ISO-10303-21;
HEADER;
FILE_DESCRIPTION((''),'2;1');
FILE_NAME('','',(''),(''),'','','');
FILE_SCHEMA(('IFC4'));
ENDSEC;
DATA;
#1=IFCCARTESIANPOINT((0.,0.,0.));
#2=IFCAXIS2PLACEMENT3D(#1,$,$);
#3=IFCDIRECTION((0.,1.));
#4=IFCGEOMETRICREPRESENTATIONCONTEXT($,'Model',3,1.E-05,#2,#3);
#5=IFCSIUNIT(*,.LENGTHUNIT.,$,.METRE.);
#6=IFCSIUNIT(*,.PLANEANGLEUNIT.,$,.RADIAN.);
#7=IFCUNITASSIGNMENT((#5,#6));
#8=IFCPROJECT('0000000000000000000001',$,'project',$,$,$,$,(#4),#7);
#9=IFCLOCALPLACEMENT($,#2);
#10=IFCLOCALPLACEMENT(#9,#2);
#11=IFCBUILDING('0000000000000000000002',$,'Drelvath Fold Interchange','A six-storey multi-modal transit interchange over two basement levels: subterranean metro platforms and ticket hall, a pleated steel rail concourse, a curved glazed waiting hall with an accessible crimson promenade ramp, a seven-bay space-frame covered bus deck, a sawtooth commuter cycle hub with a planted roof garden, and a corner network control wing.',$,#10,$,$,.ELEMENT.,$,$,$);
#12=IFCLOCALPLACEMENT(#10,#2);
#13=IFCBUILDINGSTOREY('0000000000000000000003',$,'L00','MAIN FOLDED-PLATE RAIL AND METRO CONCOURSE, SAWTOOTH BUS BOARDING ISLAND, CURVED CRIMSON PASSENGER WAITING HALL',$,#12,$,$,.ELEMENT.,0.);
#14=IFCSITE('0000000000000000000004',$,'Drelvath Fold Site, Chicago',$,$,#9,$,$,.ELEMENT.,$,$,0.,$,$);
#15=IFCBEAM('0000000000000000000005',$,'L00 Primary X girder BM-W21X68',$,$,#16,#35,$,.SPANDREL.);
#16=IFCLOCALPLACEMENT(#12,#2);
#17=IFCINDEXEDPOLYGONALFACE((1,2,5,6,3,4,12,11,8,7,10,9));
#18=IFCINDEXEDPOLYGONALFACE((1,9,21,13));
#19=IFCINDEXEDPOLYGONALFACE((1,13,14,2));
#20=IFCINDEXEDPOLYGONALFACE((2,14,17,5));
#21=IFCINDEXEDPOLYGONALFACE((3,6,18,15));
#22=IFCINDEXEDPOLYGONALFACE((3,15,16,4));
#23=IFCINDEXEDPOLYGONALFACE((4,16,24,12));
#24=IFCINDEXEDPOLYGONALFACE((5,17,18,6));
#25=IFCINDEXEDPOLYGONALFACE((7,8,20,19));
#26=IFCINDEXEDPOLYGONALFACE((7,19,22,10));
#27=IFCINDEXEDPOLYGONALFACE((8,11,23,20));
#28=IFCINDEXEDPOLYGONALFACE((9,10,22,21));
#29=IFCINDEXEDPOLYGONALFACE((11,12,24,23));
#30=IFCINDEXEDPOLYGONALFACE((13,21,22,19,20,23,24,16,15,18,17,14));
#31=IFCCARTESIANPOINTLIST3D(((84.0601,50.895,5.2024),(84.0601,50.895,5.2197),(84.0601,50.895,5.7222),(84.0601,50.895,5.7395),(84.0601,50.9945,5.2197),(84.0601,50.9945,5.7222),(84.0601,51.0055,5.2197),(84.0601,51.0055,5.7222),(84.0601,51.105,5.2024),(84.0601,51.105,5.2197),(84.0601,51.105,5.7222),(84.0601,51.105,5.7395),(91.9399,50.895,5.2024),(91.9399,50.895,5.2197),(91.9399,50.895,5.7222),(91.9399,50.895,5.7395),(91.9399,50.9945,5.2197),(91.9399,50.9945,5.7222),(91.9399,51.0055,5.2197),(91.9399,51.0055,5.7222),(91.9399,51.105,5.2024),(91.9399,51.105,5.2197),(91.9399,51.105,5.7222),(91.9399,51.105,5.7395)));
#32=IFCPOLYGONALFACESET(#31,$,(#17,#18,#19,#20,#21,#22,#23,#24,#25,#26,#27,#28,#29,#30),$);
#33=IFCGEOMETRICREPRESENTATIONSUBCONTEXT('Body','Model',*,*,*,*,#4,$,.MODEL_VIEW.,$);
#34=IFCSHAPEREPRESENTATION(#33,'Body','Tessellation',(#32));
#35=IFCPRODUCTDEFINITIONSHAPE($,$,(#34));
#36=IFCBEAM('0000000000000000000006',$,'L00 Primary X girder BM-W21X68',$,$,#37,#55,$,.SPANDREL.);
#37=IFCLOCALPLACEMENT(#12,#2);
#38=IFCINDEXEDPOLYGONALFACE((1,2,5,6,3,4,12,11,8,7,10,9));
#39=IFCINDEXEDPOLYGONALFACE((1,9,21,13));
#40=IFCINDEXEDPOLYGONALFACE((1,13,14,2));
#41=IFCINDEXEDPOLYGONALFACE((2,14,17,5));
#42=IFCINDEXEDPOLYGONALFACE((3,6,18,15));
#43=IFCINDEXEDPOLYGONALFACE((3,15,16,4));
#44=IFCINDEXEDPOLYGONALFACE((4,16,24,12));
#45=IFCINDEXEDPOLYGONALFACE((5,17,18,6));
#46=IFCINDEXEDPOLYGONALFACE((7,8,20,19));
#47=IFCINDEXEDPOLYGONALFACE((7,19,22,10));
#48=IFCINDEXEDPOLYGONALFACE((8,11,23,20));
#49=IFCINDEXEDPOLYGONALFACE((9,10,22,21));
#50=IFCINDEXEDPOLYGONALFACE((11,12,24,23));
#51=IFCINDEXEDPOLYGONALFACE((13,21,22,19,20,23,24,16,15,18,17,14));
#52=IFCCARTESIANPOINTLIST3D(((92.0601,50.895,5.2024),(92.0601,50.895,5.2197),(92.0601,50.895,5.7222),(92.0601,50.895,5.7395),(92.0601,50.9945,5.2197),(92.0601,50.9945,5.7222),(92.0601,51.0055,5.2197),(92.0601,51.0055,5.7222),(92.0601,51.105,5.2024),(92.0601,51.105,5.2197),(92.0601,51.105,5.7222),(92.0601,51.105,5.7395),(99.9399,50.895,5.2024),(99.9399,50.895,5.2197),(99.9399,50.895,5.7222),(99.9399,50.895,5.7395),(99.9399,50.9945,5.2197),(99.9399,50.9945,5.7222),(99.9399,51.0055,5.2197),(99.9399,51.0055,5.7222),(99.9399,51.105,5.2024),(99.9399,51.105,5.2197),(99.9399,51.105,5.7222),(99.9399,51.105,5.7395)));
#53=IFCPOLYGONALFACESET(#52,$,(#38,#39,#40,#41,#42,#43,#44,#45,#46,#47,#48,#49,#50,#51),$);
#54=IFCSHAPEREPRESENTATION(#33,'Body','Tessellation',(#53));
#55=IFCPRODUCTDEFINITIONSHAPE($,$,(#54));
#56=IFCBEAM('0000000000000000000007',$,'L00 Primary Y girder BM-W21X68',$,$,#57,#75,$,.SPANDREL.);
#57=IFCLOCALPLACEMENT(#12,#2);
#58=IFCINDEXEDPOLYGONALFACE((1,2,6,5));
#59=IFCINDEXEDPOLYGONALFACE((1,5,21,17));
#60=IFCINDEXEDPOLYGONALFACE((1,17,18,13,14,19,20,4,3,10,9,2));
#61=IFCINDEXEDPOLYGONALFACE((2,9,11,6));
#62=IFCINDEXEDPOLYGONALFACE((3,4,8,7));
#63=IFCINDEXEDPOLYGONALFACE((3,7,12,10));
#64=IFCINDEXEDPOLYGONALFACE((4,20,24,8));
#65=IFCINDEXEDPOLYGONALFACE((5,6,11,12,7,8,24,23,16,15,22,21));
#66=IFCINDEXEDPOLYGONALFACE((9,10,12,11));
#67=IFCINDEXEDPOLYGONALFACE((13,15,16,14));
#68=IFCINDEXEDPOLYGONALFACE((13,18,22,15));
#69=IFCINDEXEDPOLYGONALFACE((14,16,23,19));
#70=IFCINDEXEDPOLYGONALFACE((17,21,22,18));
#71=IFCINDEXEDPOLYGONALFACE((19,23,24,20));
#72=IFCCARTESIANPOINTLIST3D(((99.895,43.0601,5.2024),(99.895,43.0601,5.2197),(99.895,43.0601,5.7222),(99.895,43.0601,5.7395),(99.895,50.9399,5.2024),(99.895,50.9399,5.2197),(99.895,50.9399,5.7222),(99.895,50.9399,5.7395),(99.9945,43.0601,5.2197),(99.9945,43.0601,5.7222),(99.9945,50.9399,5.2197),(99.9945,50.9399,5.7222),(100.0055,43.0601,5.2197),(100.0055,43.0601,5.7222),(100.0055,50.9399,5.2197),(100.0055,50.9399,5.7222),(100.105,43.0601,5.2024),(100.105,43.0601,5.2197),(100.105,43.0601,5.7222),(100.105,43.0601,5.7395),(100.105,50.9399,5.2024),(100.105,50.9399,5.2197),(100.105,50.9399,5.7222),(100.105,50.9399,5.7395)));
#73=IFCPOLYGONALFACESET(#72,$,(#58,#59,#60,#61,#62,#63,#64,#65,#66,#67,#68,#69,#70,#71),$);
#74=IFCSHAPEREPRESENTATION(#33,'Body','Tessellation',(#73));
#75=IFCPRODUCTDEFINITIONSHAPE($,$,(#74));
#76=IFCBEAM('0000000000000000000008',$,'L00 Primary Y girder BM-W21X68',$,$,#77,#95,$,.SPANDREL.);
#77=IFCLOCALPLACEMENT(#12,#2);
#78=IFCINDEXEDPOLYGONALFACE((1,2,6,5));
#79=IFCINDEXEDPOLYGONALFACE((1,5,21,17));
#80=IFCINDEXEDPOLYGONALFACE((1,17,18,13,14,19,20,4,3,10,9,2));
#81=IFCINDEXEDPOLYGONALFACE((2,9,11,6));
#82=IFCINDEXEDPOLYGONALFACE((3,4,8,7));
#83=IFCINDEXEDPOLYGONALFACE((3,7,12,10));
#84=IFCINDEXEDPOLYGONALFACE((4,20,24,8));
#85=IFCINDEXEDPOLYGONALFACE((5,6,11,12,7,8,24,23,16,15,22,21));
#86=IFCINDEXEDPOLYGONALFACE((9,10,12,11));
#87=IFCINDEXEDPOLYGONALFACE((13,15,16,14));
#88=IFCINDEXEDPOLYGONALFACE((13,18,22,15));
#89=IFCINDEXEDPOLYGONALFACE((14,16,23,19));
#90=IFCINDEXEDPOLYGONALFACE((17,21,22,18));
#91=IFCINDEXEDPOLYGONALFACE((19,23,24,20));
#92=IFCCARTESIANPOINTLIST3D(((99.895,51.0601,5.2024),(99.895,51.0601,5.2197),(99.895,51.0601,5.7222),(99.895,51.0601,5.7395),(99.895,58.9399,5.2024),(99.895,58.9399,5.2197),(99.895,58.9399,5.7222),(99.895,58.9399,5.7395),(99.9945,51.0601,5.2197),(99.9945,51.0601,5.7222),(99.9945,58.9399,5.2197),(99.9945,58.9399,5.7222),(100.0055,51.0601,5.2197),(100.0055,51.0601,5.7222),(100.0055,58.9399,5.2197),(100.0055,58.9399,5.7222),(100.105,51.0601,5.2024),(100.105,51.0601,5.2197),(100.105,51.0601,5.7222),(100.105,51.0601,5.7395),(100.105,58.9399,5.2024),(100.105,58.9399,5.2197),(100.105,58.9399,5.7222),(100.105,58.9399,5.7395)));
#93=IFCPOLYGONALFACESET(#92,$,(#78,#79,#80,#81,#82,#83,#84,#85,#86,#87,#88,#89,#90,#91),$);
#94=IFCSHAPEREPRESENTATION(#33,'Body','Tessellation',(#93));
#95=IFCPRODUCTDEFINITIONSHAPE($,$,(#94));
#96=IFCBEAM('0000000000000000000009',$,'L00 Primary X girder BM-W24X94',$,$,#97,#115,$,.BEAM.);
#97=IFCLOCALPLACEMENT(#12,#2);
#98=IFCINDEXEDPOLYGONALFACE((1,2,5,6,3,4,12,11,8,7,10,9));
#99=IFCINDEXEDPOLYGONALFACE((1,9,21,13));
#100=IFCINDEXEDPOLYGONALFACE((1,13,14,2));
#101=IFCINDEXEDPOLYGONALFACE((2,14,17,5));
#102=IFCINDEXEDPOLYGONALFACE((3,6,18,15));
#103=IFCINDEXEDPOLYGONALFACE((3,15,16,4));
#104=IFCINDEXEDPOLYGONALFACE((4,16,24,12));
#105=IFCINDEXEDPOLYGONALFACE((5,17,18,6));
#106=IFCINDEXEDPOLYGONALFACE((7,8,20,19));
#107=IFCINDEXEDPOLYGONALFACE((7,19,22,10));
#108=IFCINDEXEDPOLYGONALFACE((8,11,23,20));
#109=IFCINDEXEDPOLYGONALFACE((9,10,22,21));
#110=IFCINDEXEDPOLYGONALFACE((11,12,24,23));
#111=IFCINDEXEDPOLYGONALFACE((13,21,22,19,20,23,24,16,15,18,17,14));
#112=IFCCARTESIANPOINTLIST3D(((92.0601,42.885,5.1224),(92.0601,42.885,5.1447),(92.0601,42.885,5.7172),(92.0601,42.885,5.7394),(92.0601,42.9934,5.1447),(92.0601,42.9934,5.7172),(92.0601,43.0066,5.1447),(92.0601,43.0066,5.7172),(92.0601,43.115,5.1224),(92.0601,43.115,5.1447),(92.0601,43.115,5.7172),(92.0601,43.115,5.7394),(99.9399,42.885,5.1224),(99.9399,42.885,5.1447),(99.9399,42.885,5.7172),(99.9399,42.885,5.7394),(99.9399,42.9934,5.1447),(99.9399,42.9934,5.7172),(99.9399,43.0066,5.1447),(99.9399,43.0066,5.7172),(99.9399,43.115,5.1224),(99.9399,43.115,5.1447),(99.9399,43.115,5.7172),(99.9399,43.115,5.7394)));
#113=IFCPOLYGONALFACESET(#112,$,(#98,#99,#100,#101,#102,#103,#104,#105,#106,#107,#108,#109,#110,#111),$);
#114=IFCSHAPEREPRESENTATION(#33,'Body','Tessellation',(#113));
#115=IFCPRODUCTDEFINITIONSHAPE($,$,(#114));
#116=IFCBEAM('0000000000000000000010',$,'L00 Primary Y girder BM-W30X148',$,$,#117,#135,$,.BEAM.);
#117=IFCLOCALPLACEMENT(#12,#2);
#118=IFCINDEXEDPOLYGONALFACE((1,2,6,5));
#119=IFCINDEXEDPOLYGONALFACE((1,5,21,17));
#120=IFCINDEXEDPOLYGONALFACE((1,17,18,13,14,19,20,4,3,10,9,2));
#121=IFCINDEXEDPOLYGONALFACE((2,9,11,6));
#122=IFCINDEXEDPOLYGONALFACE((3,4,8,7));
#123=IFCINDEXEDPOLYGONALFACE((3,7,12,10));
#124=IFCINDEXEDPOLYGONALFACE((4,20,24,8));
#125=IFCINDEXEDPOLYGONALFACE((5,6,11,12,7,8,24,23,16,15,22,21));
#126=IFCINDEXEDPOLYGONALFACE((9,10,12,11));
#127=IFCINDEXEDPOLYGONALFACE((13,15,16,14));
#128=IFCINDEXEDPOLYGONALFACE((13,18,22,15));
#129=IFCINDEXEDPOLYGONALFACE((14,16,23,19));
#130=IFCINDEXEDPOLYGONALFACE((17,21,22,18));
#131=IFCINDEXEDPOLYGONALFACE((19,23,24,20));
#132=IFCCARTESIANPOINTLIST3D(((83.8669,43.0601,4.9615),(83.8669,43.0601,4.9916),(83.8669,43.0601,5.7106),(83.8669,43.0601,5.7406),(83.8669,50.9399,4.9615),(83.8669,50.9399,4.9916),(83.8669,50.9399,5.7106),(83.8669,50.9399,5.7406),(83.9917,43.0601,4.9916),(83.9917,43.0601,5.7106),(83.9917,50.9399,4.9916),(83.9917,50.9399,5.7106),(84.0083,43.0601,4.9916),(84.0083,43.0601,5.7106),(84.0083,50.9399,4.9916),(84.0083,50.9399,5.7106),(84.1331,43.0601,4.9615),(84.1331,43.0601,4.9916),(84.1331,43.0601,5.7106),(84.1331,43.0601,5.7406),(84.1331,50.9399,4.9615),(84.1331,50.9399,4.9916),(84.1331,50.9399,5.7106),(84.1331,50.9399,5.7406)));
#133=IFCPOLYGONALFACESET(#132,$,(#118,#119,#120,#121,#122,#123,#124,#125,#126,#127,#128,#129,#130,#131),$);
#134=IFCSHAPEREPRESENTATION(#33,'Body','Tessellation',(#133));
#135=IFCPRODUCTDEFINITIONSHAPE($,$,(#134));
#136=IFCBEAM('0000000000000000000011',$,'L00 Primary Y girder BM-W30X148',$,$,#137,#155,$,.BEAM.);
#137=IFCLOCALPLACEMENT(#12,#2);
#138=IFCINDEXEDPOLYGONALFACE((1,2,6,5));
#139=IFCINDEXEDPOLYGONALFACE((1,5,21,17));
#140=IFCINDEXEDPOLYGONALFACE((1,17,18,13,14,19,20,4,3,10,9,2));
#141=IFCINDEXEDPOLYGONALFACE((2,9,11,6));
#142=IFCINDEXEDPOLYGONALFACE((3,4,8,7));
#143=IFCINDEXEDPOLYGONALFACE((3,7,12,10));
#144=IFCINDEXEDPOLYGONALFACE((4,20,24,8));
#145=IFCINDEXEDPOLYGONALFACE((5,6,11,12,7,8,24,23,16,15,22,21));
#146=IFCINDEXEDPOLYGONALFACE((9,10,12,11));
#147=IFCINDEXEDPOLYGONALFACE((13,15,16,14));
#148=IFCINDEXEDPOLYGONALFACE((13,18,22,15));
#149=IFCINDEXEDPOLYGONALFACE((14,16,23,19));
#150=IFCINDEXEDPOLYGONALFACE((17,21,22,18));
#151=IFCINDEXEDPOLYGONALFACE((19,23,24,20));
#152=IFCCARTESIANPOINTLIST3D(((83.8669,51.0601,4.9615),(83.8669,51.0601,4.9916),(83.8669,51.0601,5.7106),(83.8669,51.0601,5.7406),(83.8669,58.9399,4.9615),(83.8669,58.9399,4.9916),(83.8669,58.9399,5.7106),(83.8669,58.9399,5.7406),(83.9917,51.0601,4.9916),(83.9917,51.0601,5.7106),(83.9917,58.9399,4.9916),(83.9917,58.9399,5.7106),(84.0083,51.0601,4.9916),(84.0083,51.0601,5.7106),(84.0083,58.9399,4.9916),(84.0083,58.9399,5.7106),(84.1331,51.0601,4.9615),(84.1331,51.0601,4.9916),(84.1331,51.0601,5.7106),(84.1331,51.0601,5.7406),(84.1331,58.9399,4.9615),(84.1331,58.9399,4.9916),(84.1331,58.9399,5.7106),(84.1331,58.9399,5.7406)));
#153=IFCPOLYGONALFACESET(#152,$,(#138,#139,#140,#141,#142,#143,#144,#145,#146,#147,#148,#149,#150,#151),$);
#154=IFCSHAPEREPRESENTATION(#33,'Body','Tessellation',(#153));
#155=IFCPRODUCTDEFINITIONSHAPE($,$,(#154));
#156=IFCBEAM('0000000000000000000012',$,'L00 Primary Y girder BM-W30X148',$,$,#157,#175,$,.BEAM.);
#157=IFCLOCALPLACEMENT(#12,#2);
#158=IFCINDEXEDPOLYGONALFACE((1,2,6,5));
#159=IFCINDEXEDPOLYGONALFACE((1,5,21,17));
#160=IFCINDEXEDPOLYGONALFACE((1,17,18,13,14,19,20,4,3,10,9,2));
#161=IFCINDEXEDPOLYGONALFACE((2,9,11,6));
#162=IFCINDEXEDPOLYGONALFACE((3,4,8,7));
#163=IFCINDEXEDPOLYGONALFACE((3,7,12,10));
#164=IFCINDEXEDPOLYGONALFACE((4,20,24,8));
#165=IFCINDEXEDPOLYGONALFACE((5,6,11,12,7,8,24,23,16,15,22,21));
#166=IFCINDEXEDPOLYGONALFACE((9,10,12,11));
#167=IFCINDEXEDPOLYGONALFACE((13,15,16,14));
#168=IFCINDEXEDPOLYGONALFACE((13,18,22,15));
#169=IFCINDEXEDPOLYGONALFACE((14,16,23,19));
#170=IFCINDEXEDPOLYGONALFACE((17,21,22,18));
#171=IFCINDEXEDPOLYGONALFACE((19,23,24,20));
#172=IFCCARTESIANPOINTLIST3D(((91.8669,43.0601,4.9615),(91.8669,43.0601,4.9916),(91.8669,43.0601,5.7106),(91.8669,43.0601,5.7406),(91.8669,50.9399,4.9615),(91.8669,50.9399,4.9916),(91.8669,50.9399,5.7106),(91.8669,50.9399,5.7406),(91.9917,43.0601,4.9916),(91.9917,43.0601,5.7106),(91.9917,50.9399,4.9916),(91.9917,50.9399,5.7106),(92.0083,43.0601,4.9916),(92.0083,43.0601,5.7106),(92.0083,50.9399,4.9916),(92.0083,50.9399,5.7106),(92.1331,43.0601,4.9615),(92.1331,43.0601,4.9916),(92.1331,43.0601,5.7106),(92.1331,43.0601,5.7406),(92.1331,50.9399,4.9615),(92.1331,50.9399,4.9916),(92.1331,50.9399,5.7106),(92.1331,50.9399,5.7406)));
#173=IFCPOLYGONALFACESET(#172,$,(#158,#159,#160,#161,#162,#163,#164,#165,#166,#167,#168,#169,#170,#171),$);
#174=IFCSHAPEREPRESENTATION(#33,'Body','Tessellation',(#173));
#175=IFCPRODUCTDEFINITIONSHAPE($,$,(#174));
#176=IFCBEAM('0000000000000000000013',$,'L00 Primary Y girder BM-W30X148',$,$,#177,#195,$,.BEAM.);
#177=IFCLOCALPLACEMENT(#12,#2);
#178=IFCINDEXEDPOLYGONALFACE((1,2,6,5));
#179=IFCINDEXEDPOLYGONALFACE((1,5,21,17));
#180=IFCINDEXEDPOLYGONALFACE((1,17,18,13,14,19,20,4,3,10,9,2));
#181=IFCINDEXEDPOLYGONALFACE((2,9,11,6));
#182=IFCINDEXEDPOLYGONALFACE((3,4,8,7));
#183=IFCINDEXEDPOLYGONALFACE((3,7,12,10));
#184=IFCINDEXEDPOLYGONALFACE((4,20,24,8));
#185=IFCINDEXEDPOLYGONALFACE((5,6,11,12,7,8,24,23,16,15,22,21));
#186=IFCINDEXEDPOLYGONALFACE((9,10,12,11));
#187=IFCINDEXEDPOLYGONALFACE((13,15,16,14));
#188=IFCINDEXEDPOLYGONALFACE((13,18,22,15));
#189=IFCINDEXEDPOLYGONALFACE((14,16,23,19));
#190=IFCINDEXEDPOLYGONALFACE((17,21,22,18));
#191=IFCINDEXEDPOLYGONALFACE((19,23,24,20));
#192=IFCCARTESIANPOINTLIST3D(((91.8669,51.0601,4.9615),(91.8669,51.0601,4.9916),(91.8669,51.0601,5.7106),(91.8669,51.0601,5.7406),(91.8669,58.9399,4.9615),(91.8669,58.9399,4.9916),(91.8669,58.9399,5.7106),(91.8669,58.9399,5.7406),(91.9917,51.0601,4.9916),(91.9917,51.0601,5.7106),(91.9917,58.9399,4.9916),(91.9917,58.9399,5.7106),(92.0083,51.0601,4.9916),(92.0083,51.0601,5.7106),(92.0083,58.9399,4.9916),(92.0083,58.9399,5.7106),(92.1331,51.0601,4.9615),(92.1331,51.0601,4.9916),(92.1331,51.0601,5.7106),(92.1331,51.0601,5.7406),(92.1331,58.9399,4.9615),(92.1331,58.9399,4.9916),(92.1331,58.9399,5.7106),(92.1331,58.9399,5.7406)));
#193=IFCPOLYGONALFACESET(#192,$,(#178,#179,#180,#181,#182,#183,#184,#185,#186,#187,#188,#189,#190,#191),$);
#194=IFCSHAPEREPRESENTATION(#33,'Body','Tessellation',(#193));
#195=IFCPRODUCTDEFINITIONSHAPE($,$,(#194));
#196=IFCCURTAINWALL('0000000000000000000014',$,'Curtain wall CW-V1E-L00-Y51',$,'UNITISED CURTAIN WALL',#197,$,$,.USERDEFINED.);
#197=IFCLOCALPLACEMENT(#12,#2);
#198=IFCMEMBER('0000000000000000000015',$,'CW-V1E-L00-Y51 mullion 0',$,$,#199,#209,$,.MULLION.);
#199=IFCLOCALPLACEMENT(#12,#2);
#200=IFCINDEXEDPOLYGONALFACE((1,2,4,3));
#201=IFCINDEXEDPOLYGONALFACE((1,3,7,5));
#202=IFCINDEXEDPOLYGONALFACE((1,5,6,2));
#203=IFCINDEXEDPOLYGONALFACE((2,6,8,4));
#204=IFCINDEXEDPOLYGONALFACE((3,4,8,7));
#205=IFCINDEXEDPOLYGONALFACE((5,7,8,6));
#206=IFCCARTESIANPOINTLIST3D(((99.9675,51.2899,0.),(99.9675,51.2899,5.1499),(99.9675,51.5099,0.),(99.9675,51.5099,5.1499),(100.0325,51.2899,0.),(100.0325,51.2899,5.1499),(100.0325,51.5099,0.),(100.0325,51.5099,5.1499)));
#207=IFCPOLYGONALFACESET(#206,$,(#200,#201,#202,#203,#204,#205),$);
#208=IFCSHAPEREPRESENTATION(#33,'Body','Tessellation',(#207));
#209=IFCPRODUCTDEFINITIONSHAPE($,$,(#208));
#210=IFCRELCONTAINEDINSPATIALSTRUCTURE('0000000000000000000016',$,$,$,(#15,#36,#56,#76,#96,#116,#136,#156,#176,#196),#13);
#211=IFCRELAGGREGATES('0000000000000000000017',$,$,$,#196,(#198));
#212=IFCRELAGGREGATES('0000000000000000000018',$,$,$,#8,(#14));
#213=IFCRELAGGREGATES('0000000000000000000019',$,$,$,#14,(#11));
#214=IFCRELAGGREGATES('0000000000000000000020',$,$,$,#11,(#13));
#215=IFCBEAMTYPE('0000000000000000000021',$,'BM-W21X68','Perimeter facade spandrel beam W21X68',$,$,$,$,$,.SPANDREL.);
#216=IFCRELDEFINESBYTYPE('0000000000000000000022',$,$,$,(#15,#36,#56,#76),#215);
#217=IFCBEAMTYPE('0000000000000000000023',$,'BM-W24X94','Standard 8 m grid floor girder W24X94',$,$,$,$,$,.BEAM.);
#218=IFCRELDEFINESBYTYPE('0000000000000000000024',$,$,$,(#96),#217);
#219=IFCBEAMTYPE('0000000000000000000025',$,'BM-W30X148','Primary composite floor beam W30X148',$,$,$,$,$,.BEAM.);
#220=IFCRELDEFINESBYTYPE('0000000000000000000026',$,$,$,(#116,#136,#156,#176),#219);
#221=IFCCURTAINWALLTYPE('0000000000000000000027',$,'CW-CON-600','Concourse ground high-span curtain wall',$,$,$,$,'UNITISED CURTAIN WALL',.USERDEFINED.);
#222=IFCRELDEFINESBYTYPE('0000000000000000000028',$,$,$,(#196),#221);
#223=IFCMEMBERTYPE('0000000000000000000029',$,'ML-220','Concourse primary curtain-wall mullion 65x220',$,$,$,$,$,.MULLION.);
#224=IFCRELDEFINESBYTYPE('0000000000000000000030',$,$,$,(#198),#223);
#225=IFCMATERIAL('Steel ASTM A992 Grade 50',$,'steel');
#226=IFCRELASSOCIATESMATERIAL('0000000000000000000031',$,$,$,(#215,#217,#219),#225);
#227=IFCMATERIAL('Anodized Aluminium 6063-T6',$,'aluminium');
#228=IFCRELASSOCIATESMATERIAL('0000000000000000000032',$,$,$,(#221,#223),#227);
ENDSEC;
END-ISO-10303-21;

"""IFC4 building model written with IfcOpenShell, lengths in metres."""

from ifc_helpers import new_model, si_unit, direction, frame, origin, origin_2d, place, context, subcontext, project, spatial, rectangle, i_section, extrude, material, material_profile, profile_set, type_object, element, aggregate, save


model = new_model("IFC4")

# Units and contexts
model_context = context("Model", 3, precision=1e-05, world=origin(), true_north=direction((0.0, 1.0)))
body_context = subcontext(model_context, "Body", "Model", "MODEL_VIEW")
ifc_project = project(units=[si_unit("LENGTHUNIT", "METRE"), si_unit("PLANEANGLEUNIT", "RADIAN")], contexts=[model_context])

# Site, building, storey
site_placement = place(None, origin())
site = spatial("IfcSite", under=ifc_project, at=site_placement, Name="Drelvath Fold Site, Chicago", CompositionType="ELEMENT", RefElevation=0.0)
building_placement = place(site_placement, origin())
building = spatial("IfcBuilding", under=site, at=building_placement, Name="Drelvath Fold Interchange", Description="A six-storey multi-modal transit interchange over two basement levels: subterranean metro platforms and ticket hall, a pleated steel rail concourse, a curved glazed waiting hall with an accessible crimson promenade ramp, a seven-bay space-frame covered bus deck, a sawtooth commuter cycle hub with a planted roof garden, and a corner network control wing.", CompositionType="ELEMENT")
storey_placement = place(building_placement, origin())
storey = spatial("IfcBuildingStorey", under=building, at=storey_placement, Name="L00", Description="MAIN FOLDED-PLATE RAIL AND METRO CONCOURSE, SAWTOOTH BUS BOARDING ISLAND, CURVED CRIMSON PASSENGER WAITING HALL", CompositionType="ELEMENT", Elevation=0.0)

# Shared definitions
ifc_material_1 = material(Name="Steel ASTM A992 Grade 50", Category="steel")

# Beams
ifc_material_profile_1 = material_profile(ifc_material_1, i_section(OverallWidth=0.21, OverallDepth=0.5371, WebThickness=0.011, FlangeThickness=0.0173, at=origin_2d()), Name="W21X68")
ifc_profile_set_1 = profile_set([ifc_material_profile_1], Name="Steel ASTM A992 Grade 50")
beam_type_1 = type_object("IfcBeamType", Name="BM-W21X68", Description="Perimeter facade spandrel beam W21X68", PredefinedType="SPANDREL", material=ifc_profile_set_1)
for number, where, z_axis, x_axis, name in (
    (1, (84.0601, 51.0, 5.4709), (1.0, 0.0, 0.0), (0.0, 1.0, 0.0), "L00 Primary X girder BM-W21X68"),
    (2, (92.0601, 51.0, 5.4709), (1.0, 0.0, 0.0), (0.0, 1.0, 0.0), "L00 Primary X girder BM-W21X68"),
    (3, (100.0, 43.0601, 5.4709), (0.0, 1.0, 0.0), (-1.0, 0.0, 0.0), "L00 Primary Y girder BM-W21X68"),
    (4, (100.0, 51.0601, 5.4709), (0.0, 1.0, 0.0), (-1.0, 0.0, 0.0), "L00 Primary Y girder BM-W21X68"),
):
    element("IfcBeam", number, at=place(storey_placement, frame(where, z_axis=z_axis, x_axis=x_axis)), inside=storey, type_object=beam_type_1, Name=name, PredefinedType="SPANDREL", context=body_context, shape_type="SweptSolid", body=[
        extrude(i_section(OverallWidth=0.21, OverallDepth=0.5371, WebThickness=0.011, FlangeThickness=0.0173, at=origin_2d()), origin(), (0.0, 0.0, 1.0), 7.8799),
    ])
ifc_material_profile_2 = material_profile(ifc_material_1, i_section(OverallWidth=0.23, OverallDepth=0.6169, WebThickness=0.0132, FlangeThickness=0.0222, at=origin_2d()), Name="W24X94")
ifc_profile_set_2 = profile_set([ifc_material_profile_2], Name="Steel ASTM A992 Grade 50")
beam_type_2 = type_object("IfcBeamType", Name="BM-W24X94", Description="Standard 8 m grid floor girder W24X94", PredefinedType="BEAM", material=ifc_profile_set_2)
beam_placement = place(storey_placement, frame((92.0601, 43.0, 5.4309), z_axis=(1.0, 0.0, 0.0), x_axis=(0.0, 1.0, 0.0)))
element("IfcBeam", 5, at=beam_placement, inside=storey, type_object=beam_type_2, Name="L00 Primary X girder BM-W24X94", PredefinedType="BEAM", context=body_context, shape_type="SweptSolid", body=[
    extrude(i_section(OverallWidth=0.23, OverallDepth=0.6169, WebThickness=0.0132, FlangeThickness=0.0222, at=origin_2d()), origin(), (0.0, 0.0, 1.0), 7.8799),
])
ifc_material_profile_3 = material_profile(ifc_material_1, i_section(OverallWidth=0.2661, OverallDepth=0.7791, WebThickness=0.0166, FlangeThickness=0.03, at=origin_2d()), Name="W30X148")
ifc_profile_set_3 = profile_set([ifc_material_profile_3], Name="Steel ASTM A992 Grade 50")
beam_type_3 = type_object("IfcBeamType", Name="BM-W30X148", Description="Primary composite floor beam W30X148", PredefinedType="BEAM", material=ifc_profile_set_3)
for number, where, z_axis, x_axis, name in (
    (6, (84.0, 43.0601, 5.3511), (0.0, 1.0, 0.0), (-1.0, 0.0, 0.0), "L00 Primary Y girder BM-W30X148"),
    (7, (84.0, 51.0601, 5.3511), (0.0, 1.0, 0.0), (-1.0, 0.0, 0.0), "L00 Primary Y girder BM-W30X148"),
    (8, (92.0, 43.0601, 5.3511), (0.0, 1.0, 0.0), (-1.0, 0.0, 0.0), "L00 Primary Y girder BM-W30X148"),
    (9, (92.0, 51.0601, 5.3511), (0.0, 1.0, 0.0), (-1.0, 0.0, 0.0), "L00 Primary Y girder BM-W30X148"),
):
    element("IfcBeam", number, at=place(storey_placement, frame(where, z_axis=z_axis, x_axis=x_axis)), inside=storey, type_object=beam_type_3, Name=name, PredefinedType="BEAM", context=body_context, shape_type="SweptSolid", body=[
        extrude(i_section(OverallWidth=0.2661, OverallDepth=0.7791, WebThickness=0.0166, FlangeThickness=0.03, at=origin_2d()), origin(), (0.0, 0.0, 1.0), 7.8799),
    ])

# Curtain wall, member
ifc_material_2 = material(Name="Anodized Aluminium 6063-T6", Category="aluminium")
curtain_wall_type = type_object("IfcCurtainWallType", Name="CW-CON-600", Description="Concourse ground high-span curtain wall", ElementType="UNITISED CURTAIN WALL", PredefinedType="USERDEFINED", material=ifc_material_2)
curtain_wall_placement = place(storey_placement, origin())
curtain_wall = element("IfcCurtainWall", 10, at=curtain_wall_placement, inside=storey, type_object=curtain_wall_type, Name="Curtain wall CW-V1E-L00-Y51", ObjectType="UNITISED CURTAIN WALL", PredefinedType="USERDEFINED")
ifc_material_profile_4 = material_profile(ifc_material_2, rectangle(XDim=0.0649, YDim=0.22, at=origin_2d()), Name="AL-M 65x220")
ifc_profile_set_4 = profile_set([ifc_material_profile_4], Name="Anodized Aluminium 6063-T6")
member_type_1 = type_object("IfcMemberType", Name="ML-220", Description="Concourse primary curtain-wall mullion 65x220", PredefinedType="MULLION", material=ifc_profile_set_4)
member_1_placement = place(storey_placement, frame((100.0, 51.3999, 0.0), z_axis=(0.0, 0.0, 1.0), x_axis=(1.0, 0.0, 0.0)))
member_1 = element("IfcMember", 11, at=member_1_placement, type_object=member_type_1, Name="CW-V1E-L00-Y51 mullion 0", PredefinedType="MULLION", context=body_context, shape_type="SweptSolid", body=[
    extrude(rectangle(XDim=0.0649, YDim=0.22, at=origin_2d()), origin(), (0.0, 0.0, 1.0), 5.1499),
])
aggregate(curtain_wall, [member_1])

save(model, "model.ifc")
